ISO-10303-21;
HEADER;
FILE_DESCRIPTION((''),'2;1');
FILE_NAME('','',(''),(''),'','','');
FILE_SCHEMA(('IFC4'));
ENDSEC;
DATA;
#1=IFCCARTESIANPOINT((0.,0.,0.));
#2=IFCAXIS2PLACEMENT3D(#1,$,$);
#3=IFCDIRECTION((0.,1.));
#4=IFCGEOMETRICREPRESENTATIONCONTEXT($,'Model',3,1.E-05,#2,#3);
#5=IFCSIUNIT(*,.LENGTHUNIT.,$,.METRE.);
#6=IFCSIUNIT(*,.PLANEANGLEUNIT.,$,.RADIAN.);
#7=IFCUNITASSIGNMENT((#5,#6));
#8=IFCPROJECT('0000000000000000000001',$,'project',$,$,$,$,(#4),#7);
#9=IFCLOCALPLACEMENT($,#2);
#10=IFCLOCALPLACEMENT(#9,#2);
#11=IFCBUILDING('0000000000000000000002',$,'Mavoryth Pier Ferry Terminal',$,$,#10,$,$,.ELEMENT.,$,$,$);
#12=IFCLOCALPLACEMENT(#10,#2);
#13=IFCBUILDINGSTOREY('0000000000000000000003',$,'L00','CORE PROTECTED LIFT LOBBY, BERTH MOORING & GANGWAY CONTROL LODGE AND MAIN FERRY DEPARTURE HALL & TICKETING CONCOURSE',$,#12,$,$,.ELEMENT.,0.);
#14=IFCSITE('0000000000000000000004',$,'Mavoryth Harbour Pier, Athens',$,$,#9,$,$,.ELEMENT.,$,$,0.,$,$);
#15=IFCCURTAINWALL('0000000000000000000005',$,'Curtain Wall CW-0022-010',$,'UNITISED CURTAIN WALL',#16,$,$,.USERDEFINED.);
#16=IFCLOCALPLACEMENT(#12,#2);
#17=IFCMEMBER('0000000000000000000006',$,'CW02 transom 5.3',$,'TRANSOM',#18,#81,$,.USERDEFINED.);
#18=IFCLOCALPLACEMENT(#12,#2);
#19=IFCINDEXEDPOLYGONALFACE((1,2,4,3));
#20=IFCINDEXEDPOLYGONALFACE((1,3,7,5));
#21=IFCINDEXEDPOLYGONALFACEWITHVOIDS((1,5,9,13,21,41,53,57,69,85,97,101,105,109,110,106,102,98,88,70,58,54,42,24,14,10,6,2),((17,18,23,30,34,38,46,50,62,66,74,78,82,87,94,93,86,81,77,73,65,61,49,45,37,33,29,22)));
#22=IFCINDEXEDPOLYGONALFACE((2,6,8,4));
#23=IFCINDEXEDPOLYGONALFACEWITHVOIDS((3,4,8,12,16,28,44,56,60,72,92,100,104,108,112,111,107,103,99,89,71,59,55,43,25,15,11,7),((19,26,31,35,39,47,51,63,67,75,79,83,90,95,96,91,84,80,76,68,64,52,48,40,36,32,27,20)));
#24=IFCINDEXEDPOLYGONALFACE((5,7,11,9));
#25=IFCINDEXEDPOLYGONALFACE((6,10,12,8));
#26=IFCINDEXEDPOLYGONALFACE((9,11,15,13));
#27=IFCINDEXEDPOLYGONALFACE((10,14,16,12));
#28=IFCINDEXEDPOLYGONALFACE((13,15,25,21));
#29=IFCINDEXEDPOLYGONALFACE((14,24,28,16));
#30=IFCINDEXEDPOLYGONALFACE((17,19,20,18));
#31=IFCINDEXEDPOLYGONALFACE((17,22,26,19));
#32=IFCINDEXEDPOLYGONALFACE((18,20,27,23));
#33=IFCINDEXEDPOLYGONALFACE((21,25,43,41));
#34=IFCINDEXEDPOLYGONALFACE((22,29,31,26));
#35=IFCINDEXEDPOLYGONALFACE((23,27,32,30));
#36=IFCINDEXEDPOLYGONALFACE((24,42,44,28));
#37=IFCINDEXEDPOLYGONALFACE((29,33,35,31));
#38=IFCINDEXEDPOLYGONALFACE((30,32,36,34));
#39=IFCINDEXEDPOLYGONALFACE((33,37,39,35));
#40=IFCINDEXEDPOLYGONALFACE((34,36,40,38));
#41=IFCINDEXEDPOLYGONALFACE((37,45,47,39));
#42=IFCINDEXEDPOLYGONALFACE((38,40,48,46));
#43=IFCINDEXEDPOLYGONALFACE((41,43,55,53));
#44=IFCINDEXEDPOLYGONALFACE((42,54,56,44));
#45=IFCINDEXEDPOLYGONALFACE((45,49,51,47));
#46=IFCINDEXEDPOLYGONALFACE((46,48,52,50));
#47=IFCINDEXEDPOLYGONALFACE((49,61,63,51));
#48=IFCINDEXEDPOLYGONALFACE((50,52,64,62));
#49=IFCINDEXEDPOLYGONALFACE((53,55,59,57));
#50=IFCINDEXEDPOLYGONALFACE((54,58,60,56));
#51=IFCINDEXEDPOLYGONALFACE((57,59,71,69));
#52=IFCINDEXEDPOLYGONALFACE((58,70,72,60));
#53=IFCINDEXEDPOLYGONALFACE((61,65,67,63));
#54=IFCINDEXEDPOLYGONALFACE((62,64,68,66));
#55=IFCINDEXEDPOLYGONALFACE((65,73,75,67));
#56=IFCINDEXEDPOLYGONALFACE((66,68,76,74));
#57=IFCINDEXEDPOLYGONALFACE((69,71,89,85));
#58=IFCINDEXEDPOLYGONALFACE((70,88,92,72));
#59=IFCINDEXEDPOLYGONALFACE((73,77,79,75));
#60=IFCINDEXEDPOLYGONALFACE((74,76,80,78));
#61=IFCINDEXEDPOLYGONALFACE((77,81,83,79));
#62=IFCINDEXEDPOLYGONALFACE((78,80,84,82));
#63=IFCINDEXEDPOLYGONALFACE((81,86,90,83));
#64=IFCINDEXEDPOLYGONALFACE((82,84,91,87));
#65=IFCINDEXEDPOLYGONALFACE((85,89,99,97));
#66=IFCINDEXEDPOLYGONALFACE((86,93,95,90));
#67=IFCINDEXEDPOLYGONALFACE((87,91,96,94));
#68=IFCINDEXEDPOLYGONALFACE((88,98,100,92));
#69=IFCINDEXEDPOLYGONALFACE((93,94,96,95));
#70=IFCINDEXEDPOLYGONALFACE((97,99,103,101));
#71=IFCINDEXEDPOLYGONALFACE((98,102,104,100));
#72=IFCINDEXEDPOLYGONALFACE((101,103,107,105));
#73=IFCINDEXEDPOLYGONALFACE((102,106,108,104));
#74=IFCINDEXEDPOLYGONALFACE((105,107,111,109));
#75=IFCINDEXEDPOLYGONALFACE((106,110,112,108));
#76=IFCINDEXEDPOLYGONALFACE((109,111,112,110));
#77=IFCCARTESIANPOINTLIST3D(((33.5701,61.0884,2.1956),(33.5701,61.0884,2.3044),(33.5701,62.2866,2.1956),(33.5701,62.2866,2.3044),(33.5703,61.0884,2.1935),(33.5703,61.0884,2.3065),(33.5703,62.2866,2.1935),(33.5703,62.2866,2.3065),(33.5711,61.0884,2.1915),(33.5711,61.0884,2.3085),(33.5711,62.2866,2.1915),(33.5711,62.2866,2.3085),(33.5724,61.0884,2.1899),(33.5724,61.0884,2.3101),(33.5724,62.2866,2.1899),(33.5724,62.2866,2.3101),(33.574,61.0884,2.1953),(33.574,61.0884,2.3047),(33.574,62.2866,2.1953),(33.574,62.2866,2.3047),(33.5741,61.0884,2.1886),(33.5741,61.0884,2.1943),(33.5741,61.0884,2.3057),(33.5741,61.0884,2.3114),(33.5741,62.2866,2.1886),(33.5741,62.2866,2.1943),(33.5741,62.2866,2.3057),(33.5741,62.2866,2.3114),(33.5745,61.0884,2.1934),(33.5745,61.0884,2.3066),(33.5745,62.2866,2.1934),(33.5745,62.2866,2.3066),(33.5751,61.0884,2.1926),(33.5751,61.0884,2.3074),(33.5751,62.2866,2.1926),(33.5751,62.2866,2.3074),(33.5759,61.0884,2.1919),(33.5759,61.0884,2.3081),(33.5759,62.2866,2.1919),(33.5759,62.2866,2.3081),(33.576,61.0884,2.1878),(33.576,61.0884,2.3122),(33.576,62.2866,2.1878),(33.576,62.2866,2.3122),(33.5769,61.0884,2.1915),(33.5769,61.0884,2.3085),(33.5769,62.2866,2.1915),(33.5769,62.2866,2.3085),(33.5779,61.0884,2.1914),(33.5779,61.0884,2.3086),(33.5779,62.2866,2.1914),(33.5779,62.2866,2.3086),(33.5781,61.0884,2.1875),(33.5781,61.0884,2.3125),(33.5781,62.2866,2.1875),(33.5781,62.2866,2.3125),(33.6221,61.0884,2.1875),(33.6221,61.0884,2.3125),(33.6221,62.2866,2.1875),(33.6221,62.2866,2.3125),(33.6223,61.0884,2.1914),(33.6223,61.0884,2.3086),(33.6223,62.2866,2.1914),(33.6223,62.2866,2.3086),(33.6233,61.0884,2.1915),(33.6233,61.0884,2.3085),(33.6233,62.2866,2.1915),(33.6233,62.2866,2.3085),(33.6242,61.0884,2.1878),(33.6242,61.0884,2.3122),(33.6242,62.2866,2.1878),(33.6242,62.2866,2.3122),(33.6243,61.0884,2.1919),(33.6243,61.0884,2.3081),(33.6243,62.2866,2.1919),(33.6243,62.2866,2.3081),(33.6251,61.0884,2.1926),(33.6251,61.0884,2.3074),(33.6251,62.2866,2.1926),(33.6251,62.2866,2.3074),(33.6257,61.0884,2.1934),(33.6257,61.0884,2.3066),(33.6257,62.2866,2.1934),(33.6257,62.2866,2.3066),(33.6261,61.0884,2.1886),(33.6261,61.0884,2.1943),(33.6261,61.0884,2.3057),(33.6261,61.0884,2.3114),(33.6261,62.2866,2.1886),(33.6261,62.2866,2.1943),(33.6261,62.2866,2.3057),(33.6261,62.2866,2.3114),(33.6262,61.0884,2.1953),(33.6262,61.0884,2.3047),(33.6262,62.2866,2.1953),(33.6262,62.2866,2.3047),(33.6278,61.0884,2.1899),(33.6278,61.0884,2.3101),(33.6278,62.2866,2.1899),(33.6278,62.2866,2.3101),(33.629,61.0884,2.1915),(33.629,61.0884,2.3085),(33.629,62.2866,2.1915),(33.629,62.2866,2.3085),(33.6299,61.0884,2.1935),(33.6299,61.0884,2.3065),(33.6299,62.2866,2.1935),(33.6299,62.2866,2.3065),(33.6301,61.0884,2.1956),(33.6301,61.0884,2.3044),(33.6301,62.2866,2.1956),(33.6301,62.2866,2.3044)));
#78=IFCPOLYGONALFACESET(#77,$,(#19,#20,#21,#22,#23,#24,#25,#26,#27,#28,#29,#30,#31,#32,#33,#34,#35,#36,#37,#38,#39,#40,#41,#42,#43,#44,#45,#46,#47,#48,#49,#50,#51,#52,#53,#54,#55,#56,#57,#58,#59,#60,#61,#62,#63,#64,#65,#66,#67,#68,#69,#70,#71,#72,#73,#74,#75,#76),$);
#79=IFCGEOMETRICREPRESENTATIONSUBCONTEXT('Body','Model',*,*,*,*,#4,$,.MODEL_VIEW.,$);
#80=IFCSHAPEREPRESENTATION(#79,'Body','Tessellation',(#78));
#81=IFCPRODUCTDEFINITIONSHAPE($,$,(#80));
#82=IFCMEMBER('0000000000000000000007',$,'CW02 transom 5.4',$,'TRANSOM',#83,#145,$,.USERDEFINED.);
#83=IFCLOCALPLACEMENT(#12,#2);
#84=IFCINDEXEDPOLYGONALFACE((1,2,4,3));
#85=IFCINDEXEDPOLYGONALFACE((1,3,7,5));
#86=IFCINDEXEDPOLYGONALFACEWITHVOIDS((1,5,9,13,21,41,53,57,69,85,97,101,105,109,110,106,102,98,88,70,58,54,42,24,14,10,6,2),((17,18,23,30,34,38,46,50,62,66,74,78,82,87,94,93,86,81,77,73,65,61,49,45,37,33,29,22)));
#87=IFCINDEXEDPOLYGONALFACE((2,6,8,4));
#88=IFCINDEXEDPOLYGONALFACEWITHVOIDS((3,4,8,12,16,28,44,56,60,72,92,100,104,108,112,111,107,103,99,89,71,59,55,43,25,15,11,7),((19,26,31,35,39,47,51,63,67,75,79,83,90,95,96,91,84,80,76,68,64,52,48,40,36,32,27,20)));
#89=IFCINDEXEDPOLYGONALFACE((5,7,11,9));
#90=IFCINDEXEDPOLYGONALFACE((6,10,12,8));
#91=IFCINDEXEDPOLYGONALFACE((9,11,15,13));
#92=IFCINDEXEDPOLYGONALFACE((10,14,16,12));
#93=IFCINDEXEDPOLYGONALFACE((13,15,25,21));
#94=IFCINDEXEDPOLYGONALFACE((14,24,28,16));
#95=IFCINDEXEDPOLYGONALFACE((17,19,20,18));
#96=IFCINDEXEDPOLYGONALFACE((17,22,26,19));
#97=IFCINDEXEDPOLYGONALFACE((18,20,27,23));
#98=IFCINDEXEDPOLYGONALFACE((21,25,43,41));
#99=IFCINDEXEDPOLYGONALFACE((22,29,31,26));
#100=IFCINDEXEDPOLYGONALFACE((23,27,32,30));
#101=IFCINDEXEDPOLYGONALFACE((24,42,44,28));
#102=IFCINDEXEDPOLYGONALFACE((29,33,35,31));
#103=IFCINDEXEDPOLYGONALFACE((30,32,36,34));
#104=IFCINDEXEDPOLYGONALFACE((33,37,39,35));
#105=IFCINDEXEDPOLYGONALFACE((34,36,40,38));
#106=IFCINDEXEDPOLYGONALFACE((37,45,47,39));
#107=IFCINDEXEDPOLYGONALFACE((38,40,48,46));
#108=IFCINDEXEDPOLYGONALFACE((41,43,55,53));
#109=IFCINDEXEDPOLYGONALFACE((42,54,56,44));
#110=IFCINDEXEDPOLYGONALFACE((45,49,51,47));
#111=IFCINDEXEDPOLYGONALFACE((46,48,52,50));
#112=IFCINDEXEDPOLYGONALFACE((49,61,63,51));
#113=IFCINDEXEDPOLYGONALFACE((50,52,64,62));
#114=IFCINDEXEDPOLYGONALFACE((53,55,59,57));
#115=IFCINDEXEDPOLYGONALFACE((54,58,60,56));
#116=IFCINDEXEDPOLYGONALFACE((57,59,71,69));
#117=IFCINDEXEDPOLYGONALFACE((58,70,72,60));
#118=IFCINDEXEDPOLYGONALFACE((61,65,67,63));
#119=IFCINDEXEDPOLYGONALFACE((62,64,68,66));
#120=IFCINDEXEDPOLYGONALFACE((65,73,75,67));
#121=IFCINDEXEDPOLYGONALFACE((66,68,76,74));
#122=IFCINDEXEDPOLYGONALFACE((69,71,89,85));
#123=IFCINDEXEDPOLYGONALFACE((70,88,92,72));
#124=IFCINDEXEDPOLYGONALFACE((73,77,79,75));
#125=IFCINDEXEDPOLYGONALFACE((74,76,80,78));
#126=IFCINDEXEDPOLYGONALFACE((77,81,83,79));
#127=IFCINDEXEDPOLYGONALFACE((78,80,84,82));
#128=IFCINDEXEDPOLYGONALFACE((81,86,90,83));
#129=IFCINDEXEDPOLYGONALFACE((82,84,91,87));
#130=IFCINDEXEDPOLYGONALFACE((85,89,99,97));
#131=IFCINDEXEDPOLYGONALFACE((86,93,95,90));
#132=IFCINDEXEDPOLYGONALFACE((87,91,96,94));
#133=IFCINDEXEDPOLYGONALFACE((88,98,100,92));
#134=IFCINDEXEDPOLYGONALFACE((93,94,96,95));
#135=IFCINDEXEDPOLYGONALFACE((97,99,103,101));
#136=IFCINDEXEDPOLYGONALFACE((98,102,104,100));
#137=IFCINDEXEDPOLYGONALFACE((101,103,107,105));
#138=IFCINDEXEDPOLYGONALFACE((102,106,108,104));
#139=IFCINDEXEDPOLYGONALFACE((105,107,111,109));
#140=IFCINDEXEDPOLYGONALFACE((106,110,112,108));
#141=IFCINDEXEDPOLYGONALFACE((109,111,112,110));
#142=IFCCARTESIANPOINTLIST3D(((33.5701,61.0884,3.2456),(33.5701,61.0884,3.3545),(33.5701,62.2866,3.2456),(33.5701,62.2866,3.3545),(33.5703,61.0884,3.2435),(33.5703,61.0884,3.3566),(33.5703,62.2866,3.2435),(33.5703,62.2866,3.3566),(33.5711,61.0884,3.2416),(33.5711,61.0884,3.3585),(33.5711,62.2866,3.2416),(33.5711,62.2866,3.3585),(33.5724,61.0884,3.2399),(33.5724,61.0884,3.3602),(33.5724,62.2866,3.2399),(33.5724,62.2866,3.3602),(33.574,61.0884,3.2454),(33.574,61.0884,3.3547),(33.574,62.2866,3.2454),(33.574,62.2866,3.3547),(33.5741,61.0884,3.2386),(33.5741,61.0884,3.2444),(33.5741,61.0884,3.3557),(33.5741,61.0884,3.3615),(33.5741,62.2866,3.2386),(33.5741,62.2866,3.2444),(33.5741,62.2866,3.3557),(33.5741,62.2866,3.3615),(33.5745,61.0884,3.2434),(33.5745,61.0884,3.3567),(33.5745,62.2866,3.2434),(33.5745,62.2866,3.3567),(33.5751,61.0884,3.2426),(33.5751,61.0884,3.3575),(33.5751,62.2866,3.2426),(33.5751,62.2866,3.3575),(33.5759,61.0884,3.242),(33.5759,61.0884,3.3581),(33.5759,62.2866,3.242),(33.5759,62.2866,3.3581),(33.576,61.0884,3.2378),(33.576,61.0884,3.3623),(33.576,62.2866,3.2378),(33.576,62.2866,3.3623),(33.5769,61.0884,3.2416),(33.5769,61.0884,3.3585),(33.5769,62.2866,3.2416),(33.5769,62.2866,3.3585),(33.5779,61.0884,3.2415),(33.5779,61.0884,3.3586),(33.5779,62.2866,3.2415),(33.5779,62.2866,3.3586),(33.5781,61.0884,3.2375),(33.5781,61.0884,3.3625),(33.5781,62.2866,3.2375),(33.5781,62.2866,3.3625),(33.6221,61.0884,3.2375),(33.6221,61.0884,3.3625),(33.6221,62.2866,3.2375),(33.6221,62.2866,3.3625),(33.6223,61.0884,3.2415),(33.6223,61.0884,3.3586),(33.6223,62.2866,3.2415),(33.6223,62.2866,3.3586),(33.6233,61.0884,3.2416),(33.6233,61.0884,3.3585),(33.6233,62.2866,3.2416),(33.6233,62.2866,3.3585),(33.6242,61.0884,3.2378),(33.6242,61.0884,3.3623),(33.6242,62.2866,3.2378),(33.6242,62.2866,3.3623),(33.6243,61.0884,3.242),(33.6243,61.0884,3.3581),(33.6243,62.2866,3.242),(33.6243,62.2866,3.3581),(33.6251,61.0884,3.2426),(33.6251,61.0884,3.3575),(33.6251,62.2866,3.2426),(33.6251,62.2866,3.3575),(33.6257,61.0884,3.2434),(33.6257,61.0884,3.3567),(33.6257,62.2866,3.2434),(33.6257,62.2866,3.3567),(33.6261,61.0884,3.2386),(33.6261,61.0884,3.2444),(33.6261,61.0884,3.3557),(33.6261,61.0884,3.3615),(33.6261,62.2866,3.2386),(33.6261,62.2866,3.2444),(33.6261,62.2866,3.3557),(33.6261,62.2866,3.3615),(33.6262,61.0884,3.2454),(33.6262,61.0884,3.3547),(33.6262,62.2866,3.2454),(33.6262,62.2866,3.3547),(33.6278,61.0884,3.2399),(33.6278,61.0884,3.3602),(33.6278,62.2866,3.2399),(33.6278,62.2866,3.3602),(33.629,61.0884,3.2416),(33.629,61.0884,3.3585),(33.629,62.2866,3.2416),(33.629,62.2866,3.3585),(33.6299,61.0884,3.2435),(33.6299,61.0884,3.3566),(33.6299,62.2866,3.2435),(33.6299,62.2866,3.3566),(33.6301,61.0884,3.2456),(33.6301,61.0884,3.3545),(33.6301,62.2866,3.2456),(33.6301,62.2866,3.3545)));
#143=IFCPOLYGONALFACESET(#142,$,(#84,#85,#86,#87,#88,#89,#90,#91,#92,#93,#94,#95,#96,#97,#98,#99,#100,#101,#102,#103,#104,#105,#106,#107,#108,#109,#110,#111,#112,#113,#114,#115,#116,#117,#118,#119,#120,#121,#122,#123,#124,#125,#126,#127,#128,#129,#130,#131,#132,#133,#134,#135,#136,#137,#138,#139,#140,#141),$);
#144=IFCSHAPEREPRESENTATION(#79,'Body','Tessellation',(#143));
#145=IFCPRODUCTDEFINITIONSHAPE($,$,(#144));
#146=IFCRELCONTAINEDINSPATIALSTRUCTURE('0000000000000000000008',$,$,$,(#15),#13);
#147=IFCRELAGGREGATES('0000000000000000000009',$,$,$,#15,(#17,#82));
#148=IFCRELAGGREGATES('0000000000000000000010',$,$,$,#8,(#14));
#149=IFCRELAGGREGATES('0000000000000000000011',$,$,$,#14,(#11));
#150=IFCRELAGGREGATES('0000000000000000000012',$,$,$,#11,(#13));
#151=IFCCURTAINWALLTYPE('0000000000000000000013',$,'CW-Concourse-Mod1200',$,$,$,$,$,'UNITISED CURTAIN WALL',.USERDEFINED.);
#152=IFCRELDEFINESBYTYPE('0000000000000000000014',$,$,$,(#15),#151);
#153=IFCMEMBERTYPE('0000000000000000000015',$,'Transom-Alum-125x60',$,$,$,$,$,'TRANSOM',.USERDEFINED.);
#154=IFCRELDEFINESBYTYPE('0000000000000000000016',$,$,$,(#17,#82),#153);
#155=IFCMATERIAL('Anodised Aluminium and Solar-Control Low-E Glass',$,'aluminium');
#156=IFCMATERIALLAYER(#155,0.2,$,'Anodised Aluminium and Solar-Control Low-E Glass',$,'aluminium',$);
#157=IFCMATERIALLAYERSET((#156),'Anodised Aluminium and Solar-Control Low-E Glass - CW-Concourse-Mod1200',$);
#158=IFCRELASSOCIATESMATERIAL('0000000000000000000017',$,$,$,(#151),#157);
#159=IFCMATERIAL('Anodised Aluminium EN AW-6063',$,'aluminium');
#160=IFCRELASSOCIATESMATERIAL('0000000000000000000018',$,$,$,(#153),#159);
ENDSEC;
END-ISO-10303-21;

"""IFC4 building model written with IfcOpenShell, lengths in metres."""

from ifc_helpers import new_model, si_unit, direction, frame, origin, origin_2d, place, context, subcontext, project, spatial, hollow_rectangle, extrude, material, layer, layer_set, material_profile, profile_set, type_object, element, aggregate, save


model = new_model("IFC4")

# Units and contexts
model_context = context("Model", 3, precision=1e-05, world=origin(), true_north=direction((0.0, 1.0)))
body_context = subcontext(model_context, "Body", "Model", "MODEL_VIEW")
ifc_project = project(units=[si_unit("LENGTHUNIT", "METRE"), si_unit("PLANEANGLEUNIT", "RADIAN")], contexts=[model_context])

# Site, building, storey
site_placement = place(None, origin())
site = spatial("IfcSite", under=ifc_project, at=site_placement, Name="Mavoryth Harbour Pier, Athens", CompositionType="ELEMENT", RefElevation=0.0)
building_placement = place(site_placement, origin())
building = spatial("IfcBuilding", under=site, at=building_placement, Name="Mavoryth Pier Ferry Terminal", CompositionType="ELEMENT")
storey_placement = place(building_placement, origin())
storey = spatial("IfcBuildingStorey", under=building, at=storey_placement, Name="L00", Description="CORE PROTECTED LIFT LOBBY, BERTH MOORING & GANGWAY CONTROL LODGE AND MAIN FERRY DEPARTURE HALL & TICKETING CONCOURSE", CompositionType="ELEMENT", Elevation=0.0)

# Curtain wall, members
ifc_material_1 = material(Name="Anodised Aluminium and Solar-Control Low-E Glass", Category="aluminium")
ifc_layer_1 = layer(ifc_material_1, 0.2, Name="Anodised Aluminium and Solar-Control Low-E Glass", Category="aluminium")
ifc_layer_set_1 = layer_set([ifc_layer_1], Name="Anodised Aluminium and Solar-Control Low-E Glass - CW-Concourse-Mod1200")
curtain_wall_type = type_object("IfcCurtainWallType", Name="CW-Concourse-Mod1200", ElementType="UNITISED CURTAIN WALL", PredefinedType="USERDEFINED", material=ifc_layer_set_1)
curtain_wall_placement = place(storey_placement, origin())
curtain_wall = element("IfcCurtainWall", 1, at=curtain_wall_placement, inside=storey, type_object=curtain_wall_type, Name="Curtain Wall CW-0022-010", ObjectType="UNITISED CURTAIN WALL", PredefinedType="USERDEFINED")
ifc_material_2 = material(Name="Anodised Aluminium EN AW-6063", Category="aluminium")
ifc_material_profile_1 = material_profile(ifc_material_2, hollow_rectangle(XDim=0.0601, YDim=0.125, WallThickness=0.0039, InnerFilletRadius=0.0039, OuterFilletRadius=0.0081, at=origin_2d()), Name="AL-TRAN 125x60x4", Category="aluminium")
ifc_profile_set_1 = profile_set([ifc_material_profile_1], Name="Anodised Aluminium EN AW-6063 - AL-TRAN 125x60x4")
member_type_1 = type_object("IfcMemberType", Name="Transom-Alum-125x60", ElementType="TRANSOM", PredefinedType="USERDEFINED", material=ifc_profile_set_1)
member_1_placement = place(storey_placement, frame((33.6001, 61.0884, 2.25), z_axis=(0.0, 1.0, 0.0), x_axis=(-1.0, 0.0, 0.0)))
member_1 = element("IfcMember", 2, at=member_1_placement, type_object=member_type_1, Name="CW02 transom 5.3", ObjectType="TRANSOM", PredefinedType="USERDEFINED", context=body_context, shape_type="SweptSolid", body=[
    extrude(hollow_rectangle(XDim=0.0601, YDim=0.125, WallThickness=0.0039, InnerFilletRadius=0.0039, OuterFilletRadius=0.0081, at=origin_2d()), origin(), (0.0, 0.0, 1.0), 1.1982),
])
member_2_placement = place(storey_placement, frame((33.6001, 61.0884, 3.3), z_axis=(0.0, 1.0, 0.0), x_axis=(-1.0, 0.0, 0.0)))
member_2 = element("IfcMember", 3, at=member_2_placement, type_object=member_type_1, Name="CW02 transom 5.4", ObjectType="TRANSOM", PredefinedType="USERDEFINED", context=body_context, shape_type="SweptSolid", body=[
    extrude(hollow_rectangle(XDim=0.0601, YDim=0.125, WallThickness=0.0039, InnerFilletRadius=0.0039, OuterFilletRadius=0.0081, at=origin_2d()), origin(), (0.0, 0.0, 1.0), 1.1982),
])
aggregate(curtain_wall, [member_1, member_2])

save(model, "model.ifc")
